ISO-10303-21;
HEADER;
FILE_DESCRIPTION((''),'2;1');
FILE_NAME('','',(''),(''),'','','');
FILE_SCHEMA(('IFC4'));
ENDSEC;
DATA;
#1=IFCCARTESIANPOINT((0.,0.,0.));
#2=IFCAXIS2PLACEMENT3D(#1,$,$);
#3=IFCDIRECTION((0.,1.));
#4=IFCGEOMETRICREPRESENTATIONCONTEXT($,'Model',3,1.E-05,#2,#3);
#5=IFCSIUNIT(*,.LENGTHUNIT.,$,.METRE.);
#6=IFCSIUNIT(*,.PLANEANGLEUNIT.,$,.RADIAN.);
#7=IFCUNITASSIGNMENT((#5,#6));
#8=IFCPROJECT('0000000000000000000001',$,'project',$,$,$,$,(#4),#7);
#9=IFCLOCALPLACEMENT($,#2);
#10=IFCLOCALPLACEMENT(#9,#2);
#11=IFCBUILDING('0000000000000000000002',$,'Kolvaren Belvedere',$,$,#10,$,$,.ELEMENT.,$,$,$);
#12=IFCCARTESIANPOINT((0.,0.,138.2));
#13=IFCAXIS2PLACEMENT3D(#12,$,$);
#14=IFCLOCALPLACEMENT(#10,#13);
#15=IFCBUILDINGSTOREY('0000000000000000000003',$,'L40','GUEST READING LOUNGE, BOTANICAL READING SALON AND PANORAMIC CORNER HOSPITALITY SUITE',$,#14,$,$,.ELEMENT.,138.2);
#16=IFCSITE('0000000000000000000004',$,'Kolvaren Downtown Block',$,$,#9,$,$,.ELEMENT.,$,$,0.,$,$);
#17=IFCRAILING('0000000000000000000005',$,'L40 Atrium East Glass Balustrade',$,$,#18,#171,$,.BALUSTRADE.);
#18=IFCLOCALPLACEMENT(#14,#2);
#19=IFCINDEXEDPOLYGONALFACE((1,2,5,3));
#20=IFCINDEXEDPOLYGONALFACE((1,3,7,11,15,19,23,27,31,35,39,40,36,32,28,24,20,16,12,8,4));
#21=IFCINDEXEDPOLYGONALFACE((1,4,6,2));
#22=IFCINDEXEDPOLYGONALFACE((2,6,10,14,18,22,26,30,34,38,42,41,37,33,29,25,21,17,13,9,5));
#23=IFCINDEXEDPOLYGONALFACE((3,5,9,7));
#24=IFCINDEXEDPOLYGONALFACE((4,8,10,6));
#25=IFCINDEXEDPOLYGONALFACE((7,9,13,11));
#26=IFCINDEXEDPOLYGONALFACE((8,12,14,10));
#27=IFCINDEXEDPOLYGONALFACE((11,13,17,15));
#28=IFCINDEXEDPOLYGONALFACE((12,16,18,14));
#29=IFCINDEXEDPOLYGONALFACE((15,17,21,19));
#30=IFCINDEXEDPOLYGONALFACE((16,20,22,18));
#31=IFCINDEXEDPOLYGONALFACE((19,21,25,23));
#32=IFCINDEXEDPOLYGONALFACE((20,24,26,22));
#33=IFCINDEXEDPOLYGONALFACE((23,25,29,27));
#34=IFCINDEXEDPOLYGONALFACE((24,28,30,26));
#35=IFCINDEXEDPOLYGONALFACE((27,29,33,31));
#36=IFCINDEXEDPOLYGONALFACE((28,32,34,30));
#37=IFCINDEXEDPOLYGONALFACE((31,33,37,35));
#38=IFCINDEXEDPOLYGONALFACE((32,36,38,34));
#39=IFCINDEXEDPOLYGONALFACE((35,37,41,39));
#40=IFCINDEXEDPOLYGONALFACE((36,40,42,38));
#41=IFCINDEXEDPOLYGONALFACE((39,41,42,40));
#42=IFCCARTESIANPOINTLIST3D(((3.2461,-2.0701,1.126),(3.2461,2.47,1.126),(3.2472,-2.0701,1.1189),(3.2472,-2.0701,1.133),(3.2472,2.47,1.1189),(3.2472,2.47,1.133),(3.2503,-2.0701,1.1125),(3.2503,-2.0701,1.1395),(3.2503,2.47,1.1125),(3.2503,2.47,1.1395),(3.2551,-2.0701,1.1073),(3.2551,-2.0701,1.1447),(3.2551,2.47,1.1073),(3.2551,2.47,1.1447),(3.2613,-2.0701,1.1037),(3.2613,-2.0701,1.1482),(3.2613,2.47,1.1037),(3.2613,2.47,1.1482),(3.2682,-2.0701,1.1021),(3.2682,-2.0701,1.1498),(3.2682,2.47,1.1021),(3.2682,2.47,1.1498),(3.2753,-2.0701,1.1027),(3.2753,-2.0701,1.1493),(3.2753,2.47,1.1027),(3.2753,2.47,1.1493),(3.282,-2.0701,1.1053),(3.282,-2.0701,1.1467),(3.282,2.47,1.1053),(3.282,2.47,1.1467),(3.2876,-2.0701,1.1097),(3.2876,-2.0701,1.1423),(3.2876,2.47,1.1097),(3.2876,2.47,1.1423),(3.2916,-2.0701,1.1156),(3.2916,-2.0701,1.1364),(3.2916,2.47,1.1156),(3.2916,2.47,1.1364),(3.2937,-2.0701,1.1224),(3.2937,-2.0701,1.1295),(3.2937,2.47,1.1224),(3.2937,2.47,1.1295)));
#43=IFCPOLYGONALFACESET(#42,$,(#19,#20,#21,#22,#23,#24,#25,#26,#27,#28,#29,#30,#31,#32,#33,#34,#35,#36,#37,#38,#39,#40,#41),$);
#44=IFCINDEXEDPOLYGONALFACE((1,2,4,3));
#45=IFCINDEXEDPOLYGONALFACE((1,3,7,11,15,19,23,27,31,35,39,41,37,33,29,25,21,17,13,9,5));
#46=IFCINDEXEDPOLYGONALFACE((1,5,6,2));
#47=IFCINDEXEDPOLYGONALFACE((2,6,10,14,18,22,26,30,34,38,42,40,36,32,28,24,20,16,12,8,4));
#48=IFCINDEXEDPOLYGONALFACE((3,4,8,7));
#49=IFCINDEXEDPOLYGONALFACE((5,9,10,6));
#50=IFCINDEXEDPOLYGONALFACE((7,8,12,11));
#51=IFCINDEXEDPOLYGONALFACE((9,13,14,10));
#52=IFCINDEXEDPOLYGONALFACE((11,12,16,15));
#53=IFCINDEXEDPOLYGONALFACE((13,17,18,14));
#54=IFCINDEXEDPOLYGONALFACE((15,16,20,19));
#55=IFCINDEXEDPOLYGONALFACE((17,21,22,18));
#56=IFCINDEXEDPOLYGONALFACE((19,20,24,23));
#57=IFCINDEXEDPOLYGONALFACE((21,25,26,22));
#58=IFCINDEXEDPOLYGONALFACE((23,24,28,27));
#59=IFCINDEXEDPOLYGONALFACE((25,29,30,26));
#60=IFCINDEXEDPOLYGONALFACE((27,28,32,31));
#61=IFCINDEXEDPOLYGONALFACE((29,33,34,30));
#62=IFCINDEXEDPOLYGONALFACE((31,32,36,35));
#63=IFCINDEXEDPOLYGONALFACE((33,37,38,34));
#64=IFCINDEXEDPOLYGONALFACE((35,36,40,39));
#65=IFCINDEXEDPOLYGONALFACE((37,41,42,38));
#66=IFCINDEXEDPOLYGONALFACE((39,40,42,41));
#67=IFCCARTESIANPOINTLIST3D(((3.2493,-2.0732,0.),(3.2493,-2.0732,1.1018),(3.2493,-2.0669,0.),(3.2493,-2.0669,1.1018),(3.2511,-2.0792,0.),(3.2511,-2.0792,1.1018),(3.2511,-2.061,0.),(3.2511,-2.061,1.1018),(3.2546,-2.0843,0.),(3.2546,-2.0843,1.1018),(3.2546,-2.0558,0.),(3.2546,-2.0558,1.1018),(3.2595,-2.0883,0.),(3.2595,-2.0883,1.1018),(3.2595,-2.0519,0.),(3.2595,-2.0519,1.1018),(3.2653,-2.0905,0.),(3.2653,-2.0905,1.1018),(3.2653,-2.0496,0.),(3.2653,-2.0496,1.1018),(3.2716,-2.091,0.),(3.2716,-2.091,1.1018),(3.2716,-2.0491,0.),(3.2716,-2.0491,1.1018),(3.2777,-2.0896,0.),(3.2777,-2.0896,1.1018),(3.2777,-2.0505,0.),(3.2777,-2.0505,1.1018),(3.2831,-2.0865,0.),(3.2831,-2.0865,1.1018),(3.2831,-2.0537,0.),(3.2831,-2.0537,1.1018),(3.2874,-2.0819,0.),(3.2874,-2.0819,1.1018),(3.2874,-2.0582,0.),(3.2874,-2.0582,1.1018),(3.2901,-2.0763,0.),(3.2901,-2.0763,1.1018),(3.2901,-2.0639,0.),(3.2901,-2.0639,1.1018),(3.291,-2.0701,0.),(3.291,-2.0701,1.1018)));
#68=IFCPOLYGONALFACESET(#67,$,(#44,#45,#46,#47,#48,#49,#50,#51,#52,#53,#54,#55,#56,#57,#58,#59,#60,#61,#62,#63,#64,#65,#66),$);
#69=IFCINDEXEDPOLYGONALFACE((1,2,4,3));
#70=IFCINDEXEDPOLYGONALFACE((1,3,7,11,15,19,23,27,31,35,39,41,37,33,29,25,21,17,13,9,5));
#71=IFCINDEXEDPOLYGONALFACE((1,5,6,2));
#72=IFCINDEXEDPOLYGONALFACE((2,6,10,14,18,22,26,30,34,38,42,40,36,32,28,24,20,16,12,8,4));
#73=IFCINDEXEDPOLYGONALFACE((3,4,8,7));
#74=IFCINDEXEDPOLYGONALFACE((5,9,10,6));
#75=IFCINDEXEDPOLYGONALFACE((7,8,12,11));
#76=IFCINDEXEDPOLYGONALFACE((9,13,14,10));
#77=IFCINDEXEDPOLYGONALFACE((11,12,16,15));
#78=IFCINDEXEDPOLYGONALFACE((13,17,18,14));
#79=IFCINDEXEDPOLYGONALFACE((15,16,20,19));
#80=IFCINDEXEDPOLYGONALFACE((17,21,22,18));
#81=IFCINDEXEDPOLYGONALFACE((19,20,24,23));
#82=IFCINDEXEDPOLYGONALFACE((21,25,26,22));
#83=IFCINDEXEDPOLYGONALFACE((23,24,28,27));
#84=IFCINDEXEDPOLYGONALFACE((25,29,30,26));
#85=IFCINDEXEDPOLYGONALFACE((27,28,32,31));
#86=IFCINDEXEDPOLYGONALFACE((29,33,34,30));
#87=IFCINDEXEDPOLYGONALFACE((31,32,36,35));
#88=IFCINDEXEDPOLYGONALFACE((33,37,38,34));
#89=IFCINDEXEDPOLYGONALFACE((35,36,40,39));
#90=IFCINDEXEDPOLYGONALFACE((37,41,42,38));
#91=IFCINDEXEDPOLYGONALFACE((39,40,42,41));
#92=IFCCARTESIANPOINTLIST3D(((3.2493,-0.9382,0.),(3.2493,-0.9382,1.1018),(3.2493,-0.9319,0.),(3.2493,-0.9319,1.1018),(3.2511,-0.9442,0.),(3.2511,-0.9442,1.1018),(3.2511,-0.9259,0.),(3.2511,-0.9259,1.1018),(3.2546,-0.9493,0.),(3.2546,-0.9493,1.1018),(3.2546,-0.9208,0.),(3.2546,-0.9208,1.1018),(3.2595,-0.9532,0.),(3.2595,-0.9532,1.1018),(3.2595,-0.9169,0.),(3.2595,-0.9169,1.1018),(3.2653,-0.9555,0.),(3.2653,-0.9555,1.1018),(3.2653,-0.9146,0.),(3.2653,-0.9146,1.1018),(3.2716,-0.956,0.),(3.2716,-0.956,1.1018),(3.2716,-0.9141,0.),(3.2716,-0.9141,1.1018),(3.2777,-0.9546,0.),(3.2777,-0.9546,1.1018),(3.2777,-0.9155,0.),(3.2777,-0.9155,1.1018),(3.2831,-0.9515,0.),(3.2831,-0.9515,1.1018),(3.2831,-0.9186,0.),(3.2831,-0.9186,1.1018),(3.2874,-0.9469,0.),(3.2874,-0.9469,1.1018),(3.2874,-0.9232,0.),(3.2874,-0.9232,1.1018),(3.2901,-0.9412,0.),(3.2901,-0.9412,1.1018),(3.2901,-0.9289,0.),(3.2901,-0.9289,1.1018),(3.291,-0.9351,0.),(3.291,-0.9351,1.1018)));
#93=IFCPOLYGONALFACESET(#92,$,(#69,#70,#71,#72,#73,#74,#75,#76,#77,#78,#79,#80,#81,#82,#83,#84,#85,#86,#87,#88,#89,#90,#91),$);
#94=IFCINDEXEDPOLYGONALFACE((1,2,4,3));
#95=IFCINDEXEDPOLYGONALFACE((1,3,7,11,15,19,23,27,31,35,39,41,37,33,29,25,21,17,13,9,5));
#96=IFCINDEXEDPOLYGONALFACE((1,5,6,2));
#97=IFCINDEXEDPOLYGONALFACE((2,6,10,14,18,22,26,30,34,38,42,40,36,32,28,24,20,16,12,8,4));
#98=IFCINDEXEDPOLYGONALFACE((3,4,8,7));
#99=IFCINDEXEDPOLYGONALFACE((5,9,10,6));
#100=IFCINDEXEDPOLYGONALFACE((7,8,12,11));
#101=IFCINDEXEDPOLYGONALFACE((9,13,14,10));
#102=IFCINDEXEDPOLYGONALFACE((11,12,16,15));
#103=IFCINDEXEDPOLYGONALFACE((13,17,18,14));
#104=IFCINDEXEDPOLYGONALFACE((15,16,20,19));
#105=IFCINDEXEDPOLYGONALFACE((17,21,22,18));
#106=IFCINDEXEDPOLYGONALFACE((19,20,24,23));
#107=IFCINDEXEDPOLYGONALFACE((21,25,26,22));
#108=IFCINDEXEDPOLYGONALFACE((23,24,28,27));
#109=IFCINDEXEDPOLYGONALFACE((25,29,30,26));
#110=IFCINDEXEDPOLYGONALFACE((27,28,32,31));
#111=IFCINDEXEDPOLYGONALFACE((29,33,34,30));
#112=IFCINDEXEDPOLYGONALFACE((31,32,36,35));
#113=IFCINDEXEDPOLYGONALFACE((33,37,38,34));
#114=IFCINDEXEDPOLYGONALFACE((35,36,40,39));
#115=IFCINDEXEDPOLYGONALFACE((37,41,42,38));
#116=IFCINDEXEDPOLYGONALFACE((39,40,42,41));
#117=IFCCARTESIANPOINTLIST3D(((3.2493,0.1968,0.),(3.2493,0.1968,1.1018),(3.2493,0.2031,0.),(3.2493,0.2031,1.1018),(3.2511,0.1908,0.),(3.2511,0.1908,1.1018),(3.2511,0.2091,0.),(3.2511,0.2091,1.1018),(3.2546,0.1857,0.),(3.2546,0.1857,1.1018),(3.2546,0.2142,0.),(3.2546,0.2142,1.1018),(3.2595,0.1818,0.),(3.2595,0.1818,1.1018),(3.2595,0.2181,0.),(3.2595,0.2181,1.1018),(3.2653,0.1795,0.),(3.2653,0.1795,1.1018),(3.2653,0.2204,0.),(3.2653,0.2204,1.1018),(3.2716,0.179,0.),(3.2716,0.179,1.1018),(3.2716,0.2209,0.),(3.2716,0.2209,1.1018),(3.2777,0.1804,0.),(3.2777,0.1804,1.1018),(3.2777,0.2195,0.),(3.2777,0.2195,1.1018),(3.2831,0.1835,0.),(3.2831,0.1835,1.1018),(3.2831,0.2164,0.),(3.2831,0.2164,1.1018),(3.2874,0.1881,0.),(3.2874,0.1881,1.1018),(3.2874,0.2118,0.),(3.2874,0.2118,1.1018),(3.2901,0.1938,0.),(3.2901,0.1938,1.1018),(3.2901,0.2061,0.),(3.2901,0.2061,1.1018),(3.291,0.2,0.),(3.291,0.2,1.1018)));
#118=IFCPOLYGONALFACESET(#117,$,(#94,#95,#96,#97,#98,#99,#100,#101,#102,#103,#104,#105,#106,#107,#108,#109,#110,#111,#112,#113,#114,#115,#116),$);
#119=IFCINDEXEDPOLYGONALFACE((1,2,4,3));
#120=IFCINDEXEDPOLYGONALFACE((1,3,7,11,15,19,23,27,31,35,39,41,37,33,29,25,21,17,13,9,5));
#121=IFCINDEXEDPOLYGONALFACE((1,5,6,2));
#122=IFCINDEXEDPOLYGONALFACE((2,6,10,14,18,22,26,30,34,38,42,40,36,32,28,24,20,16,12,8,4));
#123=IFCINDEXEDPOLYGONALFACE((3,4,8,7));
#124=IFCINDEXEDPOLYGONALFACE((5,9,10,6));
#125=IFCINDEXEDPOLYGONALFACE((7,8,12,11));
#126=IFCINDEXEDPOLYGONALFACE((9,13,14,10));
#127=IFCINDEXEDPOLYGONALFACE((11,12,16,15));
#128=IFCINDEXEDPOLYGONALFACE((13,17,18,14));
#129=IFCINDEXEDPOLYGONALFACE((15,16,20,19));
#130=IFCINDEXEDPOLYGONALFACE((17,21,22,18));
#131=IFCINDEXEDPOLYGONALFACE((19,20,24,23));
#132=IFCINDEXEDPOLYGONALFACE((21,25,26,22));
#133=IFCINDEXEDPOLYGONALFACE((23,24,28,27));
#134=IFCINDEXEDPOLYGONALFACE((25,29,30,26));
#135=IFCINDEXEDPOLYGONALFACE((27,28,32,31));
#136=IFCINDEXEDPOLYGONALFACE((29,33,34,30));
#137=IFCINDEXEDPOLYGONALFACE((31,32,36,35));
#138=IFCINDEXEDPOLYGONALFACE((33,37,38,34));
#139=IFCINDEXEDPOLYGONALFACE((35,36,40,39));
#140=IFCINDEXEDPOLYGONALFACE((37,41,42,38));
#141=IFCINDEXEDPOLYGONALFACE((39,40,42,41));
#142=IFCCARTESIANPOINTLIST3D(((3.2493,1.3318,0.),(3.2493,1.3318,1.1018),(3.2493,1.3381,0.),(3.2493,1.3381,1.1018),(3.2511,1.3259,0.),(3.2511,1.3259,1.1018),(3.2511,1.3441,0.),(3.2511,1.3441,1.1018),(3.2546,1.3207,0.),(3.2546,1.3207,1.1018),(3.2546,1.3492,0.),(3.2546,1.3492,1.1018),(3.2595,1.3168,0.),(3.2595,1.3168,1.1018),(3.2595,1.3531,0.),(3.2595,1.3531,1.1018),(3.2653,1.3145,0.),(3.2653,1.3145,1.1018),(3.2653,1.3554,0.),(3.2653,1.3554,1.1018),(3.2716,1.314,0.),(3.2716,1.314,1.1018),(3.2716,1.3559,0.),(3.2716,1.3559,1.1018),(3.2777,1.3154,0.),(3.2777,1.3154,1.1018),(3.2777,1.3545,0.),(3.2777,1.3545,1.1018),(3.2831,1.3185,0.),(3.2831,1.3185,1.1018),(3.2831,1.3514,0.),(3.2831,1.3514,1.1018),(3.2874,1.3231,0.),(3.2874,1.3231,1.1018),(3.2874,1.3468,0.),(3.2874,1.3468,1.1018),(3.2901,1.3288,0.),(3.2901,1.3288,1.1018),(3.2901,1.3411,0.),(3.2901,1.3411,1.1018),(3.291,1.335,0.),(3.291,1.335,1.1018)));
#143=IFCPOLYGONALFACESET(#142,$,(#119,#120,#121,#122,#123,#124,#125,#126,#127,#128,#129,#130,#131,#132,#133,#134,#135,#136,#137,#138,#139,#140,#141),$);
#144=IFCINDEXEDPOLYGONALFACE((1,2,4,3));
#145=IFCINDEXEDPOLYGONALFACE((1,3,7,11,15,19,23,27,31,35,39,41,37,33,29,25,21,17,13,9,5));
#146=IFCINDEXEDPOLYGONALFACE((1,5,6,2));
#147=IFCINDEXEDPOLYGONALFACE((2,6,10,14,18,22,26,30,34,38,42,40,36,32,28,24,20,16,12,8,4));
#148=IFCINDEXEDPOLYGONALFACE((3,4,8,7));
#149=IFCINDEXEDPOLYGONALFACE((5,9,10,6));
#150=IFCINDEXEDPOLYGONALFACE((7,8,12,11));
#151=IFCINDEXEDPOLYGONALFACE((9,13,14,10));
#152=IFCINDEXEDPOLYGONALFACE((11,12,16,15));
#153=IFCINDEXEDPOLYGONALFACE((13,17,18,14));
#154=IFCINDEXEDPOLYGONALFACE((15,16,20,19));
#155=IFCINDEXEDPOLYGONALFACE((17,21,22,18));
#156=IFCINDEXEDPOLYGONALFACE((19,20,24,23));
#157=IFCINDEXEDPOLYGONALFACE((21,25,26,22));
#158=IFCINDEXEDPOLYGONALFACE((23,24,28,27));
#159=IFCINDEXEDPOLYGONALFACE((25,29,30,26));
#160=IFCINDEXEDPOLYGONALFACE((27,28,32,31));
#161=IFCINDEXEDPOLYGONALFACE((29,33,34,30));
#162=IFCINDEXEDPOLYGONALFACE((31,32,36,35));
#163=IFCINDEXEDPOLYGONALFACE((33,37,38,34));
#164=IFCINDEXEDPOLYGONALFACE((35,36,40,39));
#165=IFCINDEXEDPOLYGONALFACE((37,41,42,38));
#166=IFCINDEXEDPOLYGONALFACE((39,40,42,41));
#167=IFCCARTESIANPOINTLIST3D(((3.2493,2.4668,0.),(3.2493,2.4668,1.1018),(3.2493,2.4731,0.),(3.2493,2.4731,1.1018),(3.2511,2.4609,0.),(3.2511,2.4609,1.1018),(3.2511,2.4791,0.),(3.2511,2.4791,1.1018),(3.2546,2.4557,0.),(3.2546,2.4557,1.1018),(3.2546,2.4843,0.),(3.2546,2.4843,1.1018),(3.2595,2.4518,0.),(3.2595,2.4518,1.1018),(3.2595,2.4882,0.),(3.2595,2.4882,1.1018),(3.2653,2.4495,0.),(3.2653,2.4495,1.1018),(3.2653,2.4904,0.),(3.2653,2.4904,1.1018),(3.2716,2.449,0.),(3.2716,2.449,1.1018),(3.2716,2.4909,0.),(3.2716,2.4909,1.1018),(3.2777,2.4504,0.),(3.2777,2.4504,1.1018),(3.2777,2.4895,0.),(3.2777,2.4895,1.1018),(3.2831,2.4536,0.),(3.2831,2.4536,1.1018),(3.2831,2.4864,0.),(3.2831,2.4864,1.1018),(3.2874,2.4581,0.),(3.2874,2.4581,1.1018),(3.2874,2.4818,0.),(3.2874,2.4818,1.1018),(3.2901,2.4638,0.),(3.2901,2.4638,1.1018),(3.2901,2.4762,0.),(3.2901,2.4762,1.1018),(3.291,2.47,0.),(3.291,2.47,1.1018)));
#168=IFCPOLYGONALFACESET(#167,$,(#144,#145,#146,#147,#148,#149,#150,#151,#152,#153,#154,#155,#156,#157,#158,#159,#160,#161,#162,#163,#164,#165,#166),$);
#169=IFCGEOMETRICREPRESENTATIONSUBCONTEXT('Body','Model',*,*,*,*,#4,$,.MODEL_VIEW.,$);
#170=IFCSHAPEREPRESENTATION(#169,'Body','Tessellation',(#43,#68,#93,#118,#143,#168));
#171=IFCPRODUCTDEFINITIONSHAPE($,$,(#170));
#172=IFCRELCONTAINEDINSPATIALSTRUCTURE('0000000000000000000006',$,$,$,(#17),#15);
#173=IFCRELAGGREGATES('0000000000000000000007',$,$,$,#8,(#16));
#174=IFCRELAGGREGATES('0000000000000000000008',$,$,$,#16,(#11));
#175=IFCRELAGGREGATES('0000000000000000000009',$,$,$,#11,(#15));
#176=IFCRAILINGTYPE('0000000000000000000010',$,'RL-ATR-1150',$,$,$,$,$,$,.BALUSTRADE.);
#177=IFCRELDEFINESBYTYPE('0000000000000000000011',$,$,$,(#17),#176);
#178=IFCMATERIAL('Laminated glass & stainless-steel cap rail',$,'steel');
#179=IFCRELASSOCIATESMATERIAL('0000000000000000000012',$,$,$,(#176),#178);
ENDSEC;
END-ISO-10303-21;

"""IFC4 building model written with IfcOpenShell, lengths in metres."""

from ifc_helpers import new_model, si_unit, direction, frame, origin, origin_2d, place, context, subcontext, project, spatial, circle, extrude, material, type_object, element, save


model = new_model("IFC4")

# Units and contexts
model_context = context("Model", 3, precision=1e-05, world=origin(), true_north=direction((0.0, 1.0)))
body_context = subcontext(model_context, "Body", "Model", "MODEL_VIEW")
ifc_project = project(units=[si_unit("LENGTHUNIT", "METRE"), si_unit("PLANEANGLEUNIT", "RADIAN")], contexts=[model_context])

# Site, building, storey
site_placement = place(None, origin())
site = spatial("IfcSite", under=ifc_project, at=site_placement, Name="Kolvaren Downtown Block", CompositionType="ELEMENT", RefElevation=0.0)
building_placement = place(site_placement, origin())
building = spatial("IfcBuilding", under=site, at=building_placement, Name="Kolvaren Belvedere", CompositionType="ELEMENT")
storey_placement = place(building_placement, frame((0.0, 0.0, 138.2)))
storey = spatial("IfcBuildingStorey", under=building, at=storey_placement, Name="L40", Description="GUEST READING LOUNGE, BOTANICAL READING SALON AND PANORAMIC CORNER HOSPITALITY SUITE", CompositionType="ELEMENT", Elevation=138.2)

# Railing
ifc_material_1 = material(Name="Laminated glass & stainless-steel cap rail", Category="steel")
railing_type_1 = type_object("IfcRailingType", Name="RL-ATR-1150", PredefinedType="BALUSTRADE", material=ifc_material_1)
railing_1_placement = place(storey_placement, frame((3.27, -2.0701, 0.0)))
element("IfcRailing", 1, at=railing_1_placement, inside=storey, type_object=railing_type_1, Name="L40 Atrium East Glass Balustrade", PredefinedType="BALUSTRADE", context=body_context, shape_type="SweptSolid", body=[
    extrude(circle(Radius=0.0239, at=origin_2d()), frame((0.0, 0.0, 1.126), z_axis=(0.0, 1.0, 0.0), x_axis=(-1.0, 0.0, 0.0)), (0.0, 0.0, 1.0), 4.54),
    extrude(circle(Radius=0.021, at=origin_2d()), origin(), (0.0, 0.0, 1.0), 1.1018),
    extrude(circle(Radius=0.021, at=origin_2d()), frame((0.0, 1.135, 0.0)), (0.0, 0.0, 1.0), 1.1018),
    extrude(circle(Radius=0.021, at=origin_2d()), frame((0.0, 2.27, 0.0)), (0.0, 0.0, 1.0), 1.1018),
    extrude(circle(Radius=0.021, at=origin_2d()), frame((0.0, 3.405, 0.0)), (0.0, 0.0, 1.0), 1.1018),
    extrude(circle(Radius=0.021, at=origin_2d()), frame((0.0, 4.54, 0.0)), (0.0, 0.0, 1.0), 1.1018),
])

save(model, "model.ifc")
